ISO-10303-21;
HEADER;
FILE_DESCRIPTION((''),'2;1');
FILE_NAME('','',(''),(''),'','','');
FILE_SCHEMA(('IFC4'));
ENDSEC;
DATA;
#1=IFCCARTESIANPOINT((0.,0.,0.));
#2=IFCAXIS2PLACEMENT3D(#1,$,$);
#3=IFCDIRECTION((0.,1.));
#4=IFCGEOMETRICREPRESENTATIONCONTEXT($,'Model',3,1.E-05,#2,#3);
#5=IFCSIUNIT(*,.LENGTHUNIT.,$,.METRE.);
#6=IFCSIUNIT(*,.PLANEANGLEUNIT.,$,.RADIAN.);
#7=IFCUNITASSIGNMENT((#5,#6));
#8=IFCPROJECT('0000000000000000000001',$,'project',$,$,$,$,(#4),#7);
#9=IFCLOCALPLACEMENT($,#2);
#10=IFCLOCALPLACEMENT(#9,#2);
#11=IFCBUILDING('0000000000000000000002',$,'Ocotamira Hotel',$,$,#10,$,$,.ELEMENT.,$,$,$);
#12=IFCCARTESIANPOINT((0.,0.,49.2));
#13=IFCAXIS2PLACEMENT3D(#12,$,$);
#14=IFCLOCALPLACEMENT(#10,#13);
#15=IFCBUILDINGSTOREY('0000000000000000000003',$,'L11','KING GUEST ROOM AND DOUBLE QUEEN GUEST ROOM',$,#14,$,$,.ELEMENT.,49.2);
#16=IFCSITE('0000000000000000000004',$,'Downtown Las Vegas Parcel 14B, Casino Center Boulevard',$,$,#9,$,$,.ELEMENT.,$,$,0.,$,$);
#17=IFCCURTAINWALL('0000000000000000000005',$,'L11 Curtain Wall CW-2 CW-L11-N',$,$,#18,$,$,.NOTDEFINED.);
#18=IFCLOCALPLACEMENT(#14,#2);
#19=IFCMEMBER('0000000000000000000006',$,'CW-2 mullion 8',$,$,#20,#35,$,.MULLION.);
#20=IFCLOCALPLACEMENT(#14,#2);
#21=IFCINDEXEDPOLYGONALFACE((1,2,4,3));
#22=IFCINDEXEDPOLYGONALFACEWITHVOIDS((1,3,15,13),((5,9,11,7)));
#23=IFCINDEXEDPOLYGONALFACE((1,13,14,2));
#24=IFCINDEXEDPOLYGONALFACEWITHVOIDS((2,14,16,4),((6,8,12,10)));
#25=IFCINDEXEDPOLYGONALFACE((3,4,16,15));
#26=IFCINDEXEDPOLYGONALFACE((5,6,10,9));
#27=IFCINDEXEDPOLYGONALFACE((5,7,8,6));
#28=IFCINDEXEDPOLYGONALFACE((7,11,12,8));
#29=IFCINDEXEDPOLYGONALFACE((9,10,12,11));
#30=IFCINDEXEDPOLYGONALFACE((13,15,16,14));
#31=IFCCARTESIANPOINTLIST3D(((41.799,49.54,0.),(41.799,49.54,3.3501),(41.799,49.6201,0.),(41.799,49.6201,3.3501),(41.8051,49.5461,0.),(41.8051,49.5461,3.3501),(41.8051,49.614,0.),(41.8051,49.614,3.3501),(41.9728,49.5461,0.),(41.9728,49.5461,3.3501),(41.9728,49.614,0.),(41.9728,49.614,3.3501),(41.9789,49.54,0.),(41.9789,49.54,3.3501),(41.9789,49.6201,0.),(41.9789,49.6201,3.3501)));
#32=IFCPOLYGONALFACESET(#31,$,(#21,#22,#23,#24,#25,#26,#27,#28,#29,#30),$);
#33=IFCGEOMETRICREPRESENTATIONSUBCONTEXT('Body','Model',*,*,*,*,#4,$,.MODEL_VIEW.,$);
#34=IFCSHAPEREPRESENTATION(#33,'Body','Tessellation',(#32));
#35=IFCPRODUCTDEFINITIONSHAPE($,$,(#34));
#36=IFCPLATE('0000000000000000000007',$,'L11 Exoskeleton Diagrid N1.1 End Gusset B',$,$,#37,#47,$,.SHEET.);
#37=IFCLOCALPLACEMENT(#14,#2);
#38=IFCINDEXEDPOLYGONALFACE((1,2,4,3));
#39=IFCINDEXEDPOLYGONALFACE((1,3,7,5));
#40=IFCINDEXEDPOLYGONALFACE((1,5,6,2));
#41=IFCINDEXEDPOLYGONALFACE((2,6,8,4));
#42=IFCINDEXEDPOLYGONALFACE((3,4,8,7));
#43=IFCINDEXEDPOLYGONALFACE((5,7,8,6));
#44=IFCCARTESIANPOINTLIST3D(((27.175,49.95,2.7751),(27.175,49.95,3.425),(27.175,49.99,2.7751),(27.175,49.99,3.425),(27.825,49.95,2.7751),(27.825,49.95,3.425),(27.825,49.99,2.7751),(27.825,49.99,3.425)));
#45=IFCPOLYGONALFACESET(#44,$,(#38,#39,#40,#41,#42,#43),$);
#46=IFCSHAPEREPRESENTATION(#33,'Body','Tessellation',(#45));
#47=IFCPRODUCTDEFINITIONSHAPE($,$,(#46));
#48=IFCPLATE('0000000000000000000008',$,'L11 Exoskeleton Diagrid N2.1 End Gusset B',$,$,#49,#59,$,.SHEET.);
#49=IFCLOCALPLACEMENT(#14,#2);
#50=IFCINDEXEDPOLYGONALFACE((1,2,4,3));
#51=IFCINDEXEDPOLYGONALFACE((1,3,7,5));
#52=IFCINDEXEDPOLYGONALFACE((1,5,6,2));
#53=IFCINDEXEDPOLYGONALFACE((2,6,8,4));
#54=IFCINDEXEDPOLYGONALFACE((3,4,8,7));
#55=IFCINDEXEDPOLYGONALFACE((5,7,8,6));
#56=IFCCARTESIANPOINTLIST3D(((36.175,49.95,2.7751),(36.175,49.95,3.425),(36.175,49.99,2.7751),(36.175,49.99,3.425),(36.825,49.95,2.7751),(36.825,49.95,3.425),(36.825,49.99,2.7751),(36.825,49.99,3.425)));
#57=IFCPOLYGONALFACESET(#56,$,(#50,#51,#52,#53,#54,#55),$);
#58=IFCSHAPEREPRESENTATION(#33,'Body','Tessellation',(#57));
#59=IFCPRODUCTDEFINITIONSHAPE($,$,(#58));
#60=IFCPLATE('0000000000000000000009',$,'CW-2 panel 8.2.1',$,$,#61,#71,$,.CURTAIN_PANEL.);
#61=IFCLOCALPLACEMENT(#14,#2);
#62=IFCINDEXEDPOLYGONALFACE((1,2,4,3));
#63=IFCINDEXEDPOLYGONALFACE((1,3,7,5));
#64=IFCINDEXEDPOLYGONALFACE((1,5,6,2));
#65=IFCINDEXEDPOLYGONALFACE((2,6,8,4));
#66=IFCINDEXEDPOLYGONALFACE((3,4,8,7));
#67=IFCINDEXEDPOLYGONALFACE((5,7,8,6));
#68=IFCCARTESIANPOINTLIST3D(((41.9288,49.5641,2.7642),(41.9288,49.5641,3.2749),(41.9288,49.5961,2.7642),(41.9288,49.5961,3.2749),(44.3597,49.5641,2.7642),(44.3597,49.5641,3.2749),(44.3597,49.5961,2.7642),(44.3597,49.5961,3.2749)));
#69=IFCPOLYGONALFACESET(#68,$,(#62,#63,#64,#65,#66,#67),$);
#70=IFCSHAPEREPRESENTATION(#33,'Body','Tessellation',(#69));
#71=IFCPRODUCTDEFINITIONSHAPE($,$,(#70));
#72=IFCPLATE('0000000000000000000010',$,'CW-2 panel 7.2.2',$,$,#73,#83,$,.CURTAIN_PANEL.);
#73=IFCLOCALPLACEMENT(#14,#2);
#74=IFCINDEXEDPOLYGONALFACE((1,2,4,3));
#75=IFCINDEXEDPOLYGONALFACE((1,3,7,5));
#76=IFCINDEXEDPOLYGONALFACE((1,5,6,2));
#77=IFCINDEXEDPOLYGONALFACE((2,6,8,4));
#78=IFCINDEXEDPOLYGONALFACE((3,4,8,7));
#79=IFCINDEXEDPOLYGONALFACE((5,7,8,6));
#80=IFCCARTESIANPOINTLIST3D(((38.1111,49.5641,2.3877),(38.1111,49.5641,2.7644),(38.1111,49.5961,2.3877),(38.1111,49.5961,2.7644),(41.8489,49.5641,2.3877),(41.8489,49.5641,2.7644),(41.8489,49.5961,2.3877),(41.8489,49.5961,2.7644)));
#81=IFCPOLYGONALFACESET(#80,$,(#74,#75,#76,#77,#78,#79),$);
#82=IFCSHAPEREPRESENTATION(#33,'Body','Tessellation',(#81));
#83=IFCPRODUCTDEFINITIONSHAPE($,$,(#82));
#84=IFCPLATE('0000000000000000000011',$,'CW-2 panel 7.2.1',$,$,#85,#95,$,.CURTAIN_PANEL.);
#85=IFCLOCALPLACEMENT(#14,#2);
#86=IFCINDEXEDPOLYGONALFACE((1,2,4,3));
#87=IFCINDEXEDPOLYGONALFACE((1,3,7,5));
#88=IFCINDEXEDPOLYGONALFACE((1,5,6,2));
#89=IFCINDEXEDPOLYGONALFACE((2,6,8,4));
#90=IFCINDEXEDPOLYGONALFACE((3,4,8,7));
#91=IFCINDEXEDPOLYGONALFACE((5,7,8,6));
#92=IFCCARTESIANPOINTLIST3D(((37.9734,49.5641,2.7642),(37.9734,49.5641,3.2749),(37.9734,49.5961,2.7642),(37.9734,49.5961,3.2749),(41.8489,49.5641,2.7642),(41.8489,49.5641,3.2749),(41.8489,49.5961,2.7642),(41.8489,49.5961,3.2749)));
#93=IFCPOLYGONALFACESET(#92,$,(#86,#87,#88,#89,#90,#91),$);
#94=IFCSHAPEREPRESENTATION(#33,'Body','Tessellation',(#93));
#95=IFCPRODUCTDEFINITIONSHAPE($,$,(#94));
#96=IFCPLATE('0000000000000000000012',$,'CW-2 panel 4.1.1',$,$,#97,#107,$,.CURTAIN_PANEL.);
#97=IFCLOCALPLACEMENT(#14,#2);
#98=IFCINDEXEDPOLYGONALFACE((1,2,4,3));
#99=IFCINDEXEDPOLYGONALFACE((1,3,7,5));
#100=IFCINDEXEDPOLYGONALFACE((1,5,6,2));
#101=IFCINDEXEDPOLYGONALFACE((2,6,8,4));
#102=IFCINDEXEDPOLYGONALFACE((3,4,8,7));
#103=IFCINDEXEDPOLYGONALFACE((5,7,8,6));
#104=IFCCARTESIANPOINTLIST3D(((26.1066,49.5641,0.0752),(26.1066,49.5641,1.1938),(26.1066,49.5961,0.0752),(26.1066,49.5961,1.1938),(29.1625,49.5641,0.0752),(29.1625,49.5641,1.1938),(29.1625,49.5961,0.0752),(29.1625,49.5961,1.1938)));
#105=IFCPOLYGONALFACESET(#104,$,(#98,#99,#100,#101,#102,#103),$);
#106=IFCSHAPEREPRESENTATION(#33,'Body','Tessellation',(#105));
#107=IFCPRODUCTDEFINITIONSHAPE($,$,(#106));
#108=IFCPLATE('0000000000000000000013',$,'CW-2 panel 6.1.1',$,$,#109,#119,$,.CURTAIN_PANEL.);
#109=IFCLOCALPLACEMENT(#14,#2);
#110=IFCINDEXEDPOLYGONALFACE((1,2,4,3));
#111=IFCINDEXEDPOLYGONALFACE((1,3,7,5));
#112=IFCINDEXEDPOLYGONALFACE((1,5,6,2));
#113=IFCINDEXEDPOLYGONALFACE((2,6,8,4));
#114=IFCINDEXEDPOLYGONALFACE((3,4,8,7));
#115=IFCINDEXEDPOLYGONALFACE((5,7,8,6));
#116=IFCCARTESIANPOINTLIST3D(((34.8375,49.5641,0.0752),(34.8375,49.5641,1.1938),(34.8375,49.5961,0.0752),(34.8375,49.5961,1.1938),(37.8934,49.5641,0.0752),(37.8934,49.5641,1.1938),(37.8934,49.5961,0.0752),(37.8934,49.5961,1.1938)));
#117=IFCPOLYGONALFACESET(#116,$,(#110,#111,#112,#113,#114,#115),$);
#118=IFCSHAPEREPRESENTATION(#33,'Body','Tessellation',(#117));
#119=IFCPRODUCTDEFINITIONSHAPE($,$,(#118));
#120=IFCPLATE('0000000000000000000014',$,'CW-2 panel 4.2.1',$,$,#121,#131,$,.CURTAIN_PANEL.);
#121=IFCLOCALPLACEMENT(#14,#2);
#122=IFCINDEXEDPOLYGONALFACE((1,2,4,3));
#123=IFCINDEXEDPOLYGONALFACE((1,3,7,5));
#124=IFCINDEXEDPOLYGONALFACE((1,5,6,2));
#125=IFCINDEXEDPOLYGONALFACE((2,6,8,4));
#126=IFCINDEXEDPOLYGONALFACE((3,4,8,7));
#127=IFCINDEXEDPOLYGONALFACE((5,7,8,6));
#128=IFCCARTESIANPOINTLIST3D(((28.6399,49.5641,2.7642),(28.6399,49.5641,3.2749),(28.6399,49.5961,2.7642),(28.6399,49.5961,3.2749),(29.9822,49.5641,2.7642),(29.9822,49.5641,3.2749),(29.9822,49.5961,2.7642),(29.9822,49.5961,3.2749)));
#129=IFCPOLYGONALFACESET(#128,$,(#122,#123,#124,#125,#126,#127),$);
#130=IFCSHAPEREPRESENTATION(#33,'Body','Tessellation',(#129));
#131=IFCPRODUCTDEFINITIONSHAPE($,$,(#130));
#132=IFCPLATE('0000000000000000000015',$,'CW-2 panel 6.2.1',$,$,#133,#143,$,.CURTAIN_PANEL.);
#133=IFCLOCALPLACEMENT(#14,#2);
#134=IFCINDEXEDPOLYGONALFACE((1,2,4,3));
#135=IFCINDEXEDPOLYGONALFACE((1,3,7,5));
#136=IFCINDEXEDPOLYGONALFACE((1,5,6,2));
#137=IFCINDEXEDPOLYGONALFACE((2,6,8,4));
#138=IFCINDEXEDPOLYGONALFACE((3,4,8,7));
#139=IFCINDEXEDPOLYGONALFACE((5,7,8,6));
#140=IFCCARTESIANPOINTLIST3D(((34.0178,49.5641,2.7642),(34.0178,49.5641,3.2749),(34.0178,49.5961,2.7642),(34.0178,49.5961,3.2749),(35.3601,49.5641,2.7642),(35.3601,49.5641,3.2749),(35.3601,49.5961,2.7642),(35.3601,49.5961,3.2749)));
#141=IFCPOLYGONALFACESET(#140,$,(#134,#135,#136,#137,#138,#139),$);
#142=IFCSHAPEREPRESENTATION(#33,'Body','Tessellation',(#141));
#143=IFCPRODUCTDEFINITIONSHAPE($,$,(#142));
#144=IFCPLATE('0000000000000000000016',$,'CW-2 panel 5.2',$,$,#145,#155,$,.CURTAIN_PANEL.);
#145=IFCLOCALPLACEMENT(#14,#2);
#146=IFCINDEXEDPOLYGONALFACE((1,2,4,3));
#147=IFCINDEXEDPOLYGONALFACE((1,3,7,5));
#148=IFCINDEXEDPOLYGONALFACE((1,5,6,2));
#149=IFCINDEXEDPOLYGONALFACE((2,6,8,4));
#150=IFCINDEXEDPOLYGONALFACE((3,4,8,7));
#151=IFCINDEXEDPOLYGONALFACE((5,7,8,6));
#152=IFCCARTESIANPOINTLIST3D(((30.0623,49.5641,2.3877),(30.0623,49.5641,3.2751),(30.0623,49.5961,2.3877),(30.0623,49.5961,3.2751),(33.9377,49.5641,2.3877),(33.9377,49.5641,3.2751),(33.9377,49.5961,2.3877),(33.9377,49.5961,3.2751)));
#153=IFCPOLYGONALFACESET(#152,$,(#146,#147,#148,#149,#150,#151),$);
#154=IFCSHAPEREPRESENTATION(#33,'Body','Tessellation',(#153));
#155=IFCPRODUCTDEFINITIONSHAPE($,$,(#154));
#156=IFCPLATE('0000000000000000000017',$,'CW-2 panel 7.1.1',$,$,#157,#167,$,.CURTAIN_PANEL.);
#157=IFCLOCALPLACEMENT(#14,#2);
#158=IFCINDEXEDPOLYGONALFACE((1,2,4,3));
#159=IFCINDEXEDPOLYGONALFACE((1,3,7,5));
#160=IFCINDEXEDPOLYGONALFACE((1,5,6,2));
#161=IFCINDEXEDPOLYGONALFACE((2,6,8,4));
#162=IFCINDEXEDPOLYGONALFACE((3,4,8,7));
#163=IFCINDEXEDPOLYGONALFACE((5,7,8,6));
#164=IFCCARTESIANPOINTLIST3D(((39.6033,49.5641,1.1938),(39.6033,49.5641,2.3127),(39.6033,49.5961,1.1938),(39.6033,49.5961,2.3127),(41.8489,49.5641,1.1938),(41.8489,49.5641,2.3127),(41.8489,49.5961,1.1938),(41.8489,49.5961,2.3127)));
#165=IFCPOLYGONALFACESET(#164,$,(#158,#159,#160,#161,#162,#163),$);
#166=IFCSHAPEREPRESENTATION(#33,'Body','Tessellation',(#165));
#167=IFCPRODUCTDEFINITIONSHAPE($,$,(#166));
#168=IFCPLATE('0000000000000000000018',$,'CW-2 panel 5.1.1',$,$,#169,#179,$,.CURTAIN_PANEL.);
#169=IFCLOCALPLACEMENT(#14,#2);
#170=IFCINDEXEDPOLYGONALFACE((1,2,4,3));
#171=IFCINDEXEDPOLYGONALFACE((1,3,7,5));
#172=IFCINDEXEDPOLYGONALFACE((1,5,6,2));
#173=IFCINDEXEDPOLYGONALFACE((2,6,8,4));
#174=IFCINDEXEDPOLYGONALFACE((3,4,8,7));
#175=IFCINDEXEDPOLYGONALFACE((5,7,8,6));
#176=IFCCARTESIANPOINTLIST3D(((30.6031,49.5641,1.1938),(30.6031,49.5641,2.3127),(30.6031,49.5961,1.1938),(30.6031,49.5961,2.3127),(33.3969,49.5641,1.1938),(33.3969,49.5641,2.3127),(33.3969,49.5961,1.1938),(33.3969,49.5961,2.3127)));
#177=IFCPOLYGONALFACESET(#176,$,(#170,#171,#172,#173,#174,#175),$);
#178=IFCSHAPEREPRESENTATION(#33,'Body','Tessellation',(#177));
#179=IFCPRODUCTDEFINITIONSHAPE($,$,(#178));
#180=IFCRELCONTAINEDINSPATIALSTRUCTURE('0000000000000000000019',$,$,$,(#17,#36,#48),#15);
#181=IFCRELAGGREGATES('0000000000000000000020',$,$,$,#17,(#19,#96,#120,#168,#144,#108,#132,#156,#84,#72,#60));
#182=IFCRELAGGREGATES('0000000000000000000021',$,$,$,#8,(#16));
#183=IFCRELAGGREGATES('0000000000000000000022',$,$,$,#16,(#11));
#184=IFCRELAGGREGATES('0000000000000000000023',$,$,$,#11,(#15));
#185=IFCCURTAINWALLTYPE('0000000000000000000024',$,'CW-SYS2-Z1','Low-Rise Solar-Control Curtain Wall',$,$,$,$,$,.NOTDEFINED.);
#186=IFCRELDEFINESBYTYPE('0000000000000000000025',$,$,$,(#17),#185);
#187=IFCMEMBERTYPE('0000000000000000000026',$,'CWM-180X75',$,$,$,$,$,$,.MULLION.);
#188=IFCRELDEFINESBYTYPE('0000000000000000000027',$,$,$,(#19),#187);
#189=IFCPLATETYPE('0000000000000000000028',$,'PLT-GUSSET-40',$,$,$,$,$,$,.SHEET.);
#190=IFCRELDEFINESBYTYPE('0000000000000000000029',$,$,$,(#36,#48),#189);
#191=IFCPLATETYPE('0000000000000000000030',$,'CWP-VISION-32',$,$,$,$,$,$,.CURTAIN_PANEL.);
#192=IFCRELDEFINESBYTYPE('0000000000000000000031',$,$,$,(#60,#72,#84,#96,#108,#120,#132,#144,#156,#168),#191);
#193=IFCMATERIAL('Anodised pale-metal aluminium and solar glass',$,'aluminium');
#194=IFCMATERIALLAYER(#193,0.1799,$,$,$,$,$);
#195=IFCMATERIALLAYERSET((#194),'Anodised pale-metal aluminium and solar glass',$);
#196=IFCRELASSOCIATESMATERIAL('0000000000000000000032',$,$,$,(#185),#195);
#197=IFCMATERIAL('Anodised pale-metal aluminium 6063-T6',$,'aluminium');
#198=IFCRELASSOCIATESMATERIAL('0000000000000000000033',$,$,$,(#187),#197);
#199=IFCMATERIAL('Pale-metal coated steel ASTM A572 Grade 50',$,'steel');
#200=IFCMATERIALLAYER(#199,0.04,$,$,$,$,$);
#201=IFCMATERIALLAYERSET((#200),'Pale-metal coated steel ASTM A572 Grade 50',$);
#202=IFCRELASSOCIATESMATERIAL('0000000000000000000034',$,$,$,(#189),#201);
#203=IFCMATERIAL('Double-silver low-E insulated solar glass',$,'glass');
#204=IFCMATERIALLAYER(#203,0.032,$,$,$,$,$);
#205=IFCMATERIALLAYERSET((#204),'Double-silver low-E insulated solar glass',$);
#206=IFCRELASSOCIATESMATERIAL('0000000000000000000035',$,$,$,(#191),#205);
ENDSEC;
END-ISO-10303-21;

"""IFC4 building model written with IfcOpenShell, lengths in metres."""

from ifc_helpers import new_model, si_unit, direction, frame, origin, origin_2d, place, context, subcontext, project, spatial, rectangle, hollow_rectangle, extrude, source, transform, mapped, material, layer, layer_set, material_profile, profile_set, type_object, element, aggregate, save


model = new_model("IFC4")

# Units and contexts
model_context = context("Model", 3, precision=1e-05, world=origin(), true_north=direction((0.0, 1.0)))
body_context = subcontext(model_context, "Body", "Model", "MODEL_VIEW")
ifc_project = project(units=[si_unit("LENGTHUNIT", "METRE"), si_unit("PLANEANGLEUNIT", "RADIAN")], contexts=[model_context])

# Site, building, storey
site_placement = place(None, origin())
site = spatial("IfcSite", under=ifc_project, at=site_placement, Name="Downtown Las Vegas Parcel 14B, Casino Center Boulevard", CompositionType="ELEMENT", RefElevation=0.0)
building_placement = place(site_placement, origin())
building = spatial("IfcBuilding", under=site, at=building_placement, Name="Ocotamira Hotel", CompositionType="ELEMENT")
storey_placement = place(building_placement, frame((0.0, 0.0, 49.2)))
storey = spatial("IfcBuildingStorey", under=building, at=storey_placement, Name="L11", Description="KING GUEST ROOM AND DOUBLE QUEEN GUEST ROOM", CompositionType="ELEMENT", Elevation=49.2)

# Curtain wall, member
ifc_material_1 = material(Name="Anodised pale-metal aluminium and solar glass", Category="aluminium")
ifc_layer_1 = layer(ifc_material_1, 0.1799)
ifc_layer_set_1 = layer_set([ifc_layer_1], Name="Anodised pale-metal aluminium and solar glass")
curtain_wall_type = type_object("IfcCurtainWallType", Name="CW-SYS2-Z1", Description="Low-Rise Solar-Control Curtain Wall", PredefinedType="NOTDEFINED", material=ifc_layer_set_1)
curtain_wall_placement = place(storey_placement, origin())
curtain_wall = element("IfcCurtainWall", 1, at=curtain_wall_placement, inside=storey, type_object=curtain_wall_type, Name="L11 Curtain Wall CW-2 CW-L11-N", PredefinedType="NOTDEFINED")
ifc_material_2 = material(Name="Anodised pale-metal aluminium 6063-T6", Category="aluminium")
ifc_material_profile_1 = material_profile(ifc_material_2, hollow_rectangle(XDim=0.0801, YDim=0.1799, WallThickness=0.0061, at=origin_2d()), Name="HSS180X80X6")
ifc_profile_set_1 = profile_set([ifc_material_profile_1], Name="Anodised pale-metal aluminium 6063-T6")
member_type_1 = type_object("IfcMemberType", Name="CWM-180X75", PredefinedType="MULLION", material=ifc_profile_set_1)
shared_shape_1 = source(origin(), body_context, "Body", "SweptSolid", [
    extrude(hollow_rectangle(XDim=0.0801, YDim=0.1799, WallThickness=0.0061, at=origin_2d()), origin(), (0.0, 0.0, 1.0), 3.3501),
])
member_1_placement = place(storey_placement, frame((41.8889, 49.5801, 0.0), z_axis=(0.0, 0.0, 1.0), x_axis=(0.0, 1.0, 0.0)))
member_1 = element("IfcMember", 2, at=member_1_placement, type_object=member_type_1, Name="CW-2 mullion 8", PredefinedType="MULLION", context=body_context, shape_type="MappedRepresentation", body=[
    mapped(shared_shape_1, transform((0.0, 0.0, 0.0), scale=1.0)),
])

# Plates
ifc_material_3 = material(Name="Pale-metal coated steel ASTM A572 Grade 50", Category="steel")
ifc_layer_2 = layer(ifc_material_3, 0.04)
ifc_layer_set_2 = layer_set([ifc_layer_2], Name="Pale-metal coated steel ASTM A572 Grade 50")
plate_type_1 = type_object("IfcPlateType", Name="PLT-GUSSET-40", PredefinedType="SHEET", material=ifc_layer_set_2)
shared_shape_2 = source(origin(), body_context, "Body", "SweptSolid", [
    extrude(rectangle(XDim=0.6499, YDim=0.04, at=origin_2d()), origin(), (0.0, 0.0, 1.0), 0.6499),
])
for number, where, z_axis, x_axis, name in (
    (3, (27.5, 49.97, 2.7751), (0.0, 0.0, 1.0), (1.0, 0.0, 0.0), "L11 Exoskeleton Diagrid N1.1 End Gusset B"),
    (4, (36.5, 49.97, 2.7751), (0.0, 0.0, 1.0), (1.0, 0.0, 0.0), "L11 Exoskeleton Diagrid N2.1 End Gusset B"),
):
    element("IfcPlate", number, at=place(storey_placement, frame(where, z_axis=z_axis, x_axis=x_axis)), inside=storey, type_object=plate_type_1, Name=name, PredefinedType="SHEET", context=body_context, shape_type="MappedRepresentation", body=[
        mapped(shared_shape_2, transform((0.0, 0.0, 0.0), scale=1.0)),
    ])

# Plates
ifc_material_4 = material(Name="Double-silver low-E insulated solar glass", Category="glass")
ifc_layer_3 = layer(ifc_material_4, 0.032)
ifc_layer_set_3 = layer_set([ifc_layer_3], Name="Double-silver low-E insulated solar glass")
plate_type_2 = type_object("IfcPlateType", Name="CWP-VISION-32", PredefinedType="CURTAIN_PANEL", material=ifc_layer_set_3)
shared_shape_3 = source(origin(), body_context, "Body", "SweptSolid", [
    extrude(rectangle(XDim=2.4309, YDim=0.032, at=origin_2d()), origin(), (0.0, 0.0, 1.0), 0.5107),
])
plate_1_placement = place(storey_placement, frame((43.1443, 49.5801, 2.7642), z_axis=(0.0, 0.0, 1.0), x_axis=(1.0, 0.0, 0.0)))
plate_1 = element("IfcPlate", 5, at=plate_1_placement, type_object=plate_type_2, Name="CW-2 panel 8.2.1", PredefinedType="CURTAIN_PANEL", context=body_context, shape_type="MappedRepresentation", body=[
    mapped(shared_shape_3, transform((0.0, 0.0, 0.0), scale=1.0)),
])
shared_shape_4 = source(origin(), body_context, "Body", "SweptSolid", [
    extrude(rectangle(XDim=3.7378, YDim=0.032, at=origin_2d()), origin(), (0.0, 0.0, 1.0), 0.3767),
])
plate_2_placement = place(storey_placement, frame((39.98, 49.5801, 2.3877), z_axis=(0.0, 0.0, 1.0), x_axis=(1.0, 0.0, 0.0)))
plate_2 = element("IfcPlate", 6, at=plate_2_placement, type_object=plate_type_2, Name="CW-2 panel 7.2.2", PredefinedType="CURTAIN_PANEL", context=body_context, shape_type="MappedRepresentation", body=[
    mapped(shared_shape_4, transform((0.0, 0.0, 0.0), scale=1.0)),
])
shared_shape_5 = source(origin(), body_context, "Body", "SweptSolid", [
    extrude(rectangle(XDim=3.8755, YDim=0.032, at=origin_2d()), origin(), (0.0, 0.0, 1.0), 0.5107),
])
plate_3_placement = place(storey_placement, frame((39.9111, 49.5801, 2.7642), z_axis=(0.0, 0.0, 1.0), x_axis=(1.0, 0.0, 0.0)))
plate_3 = element("IfcPlate", 7, at=plate_3_placement, type_object=plate_type_2, Name="CW-2 panel 7.2.1", PredefinedType="CURTAIN_PANEL", context=body_context, shape_type="MappedRepresentation", body=[
    mapped(shared_shape_5, transform((0.0, 0.0, 0.0), scale=1.0)),
])
shared_shape_6 = source(origin(), body_context, "Body", "SweptSolid", [
    extrude(rectangle(XDim=3.0559, YDim=0.032, at=origin_2d()), origin(), (0.0, 0.0, 1.0), 1.1187),
])
plate_4_placement = place(storey_placement, frame((27.6345, 49.5801, 0.0752), z_axis=(0.0, 0.0, 1.0), x_axis=(1.0, 0.0, 0.0)))
plate_4 = element("IfcPlate", 8, at=plate_4_placement, type_object=plate_type_2, Name="CW-2 panel 4.1.1", PredefinedType="CURTAIN_PANEL", context=body_context, shape_type="MappedRepresentation", body=[
    mapped(shared_shape_6, transform((0.0, 0.0, 0.0), scale=1.0)),
])
plate_5_placement = place(storey_placement, frame((36.3655, 49.5801, 0.0752), z_axis=(0.0, 0.0, 1.0), x_axis=(1.0, 0.0, 0.0)))
plate_5 = element("IfcPlate", 9, at=plate_5_placement, type_object=plate_type_2, Name="CW-2 panel 6.1.1", PredefinedType="CURTAIN_PANEL", context=body_context, shape_type="MappedRepresentation", body=[
    mapped(shared_shape_6, transform((0.0, 0.0, 0.0), scale=1.0)),
])
shared_shape_7 = source(origin(), body_context, "Body", "SweptSolid", [
    extrude(rectangle(XDim=1.3423, YDim=0.032, at=origin_2d()), origin(), (0.0, 0.0, 1.0), 0.5107),
])
plate_6_placement = place(storey_placement, frame((29.311, 49.5801, 2.7642), z_axis=(0.0, 0.0, 1.0), x_axis=(1.0, 0.0, 0.0)))
plate_6 = element("IfcPlate", 10, at=plate_6_placement, type_object=plate_type_2, Name="CW-2 panel 4.2.1", PredefinedType="CURTAIN_PANEL", context=body_context, shape_type="MappedRepresentation", body=[
    mapped(shared_shape_7, transform((0.0, 0.0, 0.0), scale=1.0)),
])
plate_7_placement = place(storey_placement, frame((34.689, 49.5801, 2.7642), z_axis=(0.0, 0.0, 1.0), x_axis=(1.0, 0.0, 0.0)))
plate_7 = element("IfcPlate", 11, at=plate_7_placement, type_object=plate_type_2, Name="CW-2 panel 6.2.1", PredefinedType="CURTAIN_PANEL", context=body_context, shape_type="MappedRepresentation", body=[
    mapped(shared_shape_7, transform((0.0, 0.0, 0.0), scale=1.0)),
])
shared_shape_8 = source(origin(), body_context, "Body", "SweptSolid", [
    extrude(rectangle(XDim=3.8755, YDim=0.032, at=origin_2d()), origin(), (0.0, 0.0, 1.0), 0.8875),
])
plate_8_placement = place(storey_placement, frame((32.0, 49.5801, 2.3877), z_axis=(0.0, 0.0, 1.0), x_axis=(1.0, 0.0, 0.0)))
plate_8 = element("IfcPlate", 12, at=plate_8_placement, type_object=plate_type_2, Name="CW-2 panel 5.2", PredefinedType="CURTAIN_PANEL", context=body_context, shape_type="MappedRepresentation", body=[
    mapped(shared_shape_8, transform((0.0, 0.0, 0.0), scale=1.0)),
])
shared_shape_9 = source(origin(), body_context, "Body", "SweptSolid", [
    extrude(rectangle(XDim=2.2456, YDim=0.032, at=origin_2d()), origin(), (0.0, 0.0, 1.0), 1.1189),
])
plate_9_placement = place(storey_placement, frame((40.7261, 49.5801, 1.1938), z_axis=(0.0, 0.0, 1.0), x_axis=(1.0, 0.0, 0.0)))
plate_9 = element("IfcPlate", 13, at=plate_9_placement, type_object=plate_type_2, Name="CW-2 panel 7.1.1", PredefinedType="CURTAIN_PANEL", context=body_context, shape_type="MappedRepresentation", body=[
    mapped(shared_shape_9, transform((0.0, 0.0, 0.0), scale=1.0)),
])
shared_shape_10 = source(origin(), body_context, "Body", "SweptSolid", [
    extrude(rectangle(XDim=2.7937, YDim=0.032, at=origin_2d()), origin(), (0.0, 0.0, 1.0), 1.1189),
])
plate_10_placement = place(storey_placement, frame((32.0, 49.5801, 1.1938), z_axis=(0.0, 0.0, 1.0), x_axis=(1.0, 0.0, 0.0)))
plate_10 = element("IfcPlate", 14, at=plate_10_placement, type_object=plate_type_2, Name="CW-2 panel 5.1.1", PredefinedType="CURTAIN_PANEL", context=body_context, shape_type="MappedRepresentation", body=[
    mapped(shared_shape_10, transform((0.0, 0.0, 0.0), scale=1.0)),
])
aggregate(curtain_wall, [member_1, plate_4, plate_6, plate_10, plate_8, plate_5, plate_7, plate_9, plate_3, plate_2, plate_1])

save(model, "model.ifc")
